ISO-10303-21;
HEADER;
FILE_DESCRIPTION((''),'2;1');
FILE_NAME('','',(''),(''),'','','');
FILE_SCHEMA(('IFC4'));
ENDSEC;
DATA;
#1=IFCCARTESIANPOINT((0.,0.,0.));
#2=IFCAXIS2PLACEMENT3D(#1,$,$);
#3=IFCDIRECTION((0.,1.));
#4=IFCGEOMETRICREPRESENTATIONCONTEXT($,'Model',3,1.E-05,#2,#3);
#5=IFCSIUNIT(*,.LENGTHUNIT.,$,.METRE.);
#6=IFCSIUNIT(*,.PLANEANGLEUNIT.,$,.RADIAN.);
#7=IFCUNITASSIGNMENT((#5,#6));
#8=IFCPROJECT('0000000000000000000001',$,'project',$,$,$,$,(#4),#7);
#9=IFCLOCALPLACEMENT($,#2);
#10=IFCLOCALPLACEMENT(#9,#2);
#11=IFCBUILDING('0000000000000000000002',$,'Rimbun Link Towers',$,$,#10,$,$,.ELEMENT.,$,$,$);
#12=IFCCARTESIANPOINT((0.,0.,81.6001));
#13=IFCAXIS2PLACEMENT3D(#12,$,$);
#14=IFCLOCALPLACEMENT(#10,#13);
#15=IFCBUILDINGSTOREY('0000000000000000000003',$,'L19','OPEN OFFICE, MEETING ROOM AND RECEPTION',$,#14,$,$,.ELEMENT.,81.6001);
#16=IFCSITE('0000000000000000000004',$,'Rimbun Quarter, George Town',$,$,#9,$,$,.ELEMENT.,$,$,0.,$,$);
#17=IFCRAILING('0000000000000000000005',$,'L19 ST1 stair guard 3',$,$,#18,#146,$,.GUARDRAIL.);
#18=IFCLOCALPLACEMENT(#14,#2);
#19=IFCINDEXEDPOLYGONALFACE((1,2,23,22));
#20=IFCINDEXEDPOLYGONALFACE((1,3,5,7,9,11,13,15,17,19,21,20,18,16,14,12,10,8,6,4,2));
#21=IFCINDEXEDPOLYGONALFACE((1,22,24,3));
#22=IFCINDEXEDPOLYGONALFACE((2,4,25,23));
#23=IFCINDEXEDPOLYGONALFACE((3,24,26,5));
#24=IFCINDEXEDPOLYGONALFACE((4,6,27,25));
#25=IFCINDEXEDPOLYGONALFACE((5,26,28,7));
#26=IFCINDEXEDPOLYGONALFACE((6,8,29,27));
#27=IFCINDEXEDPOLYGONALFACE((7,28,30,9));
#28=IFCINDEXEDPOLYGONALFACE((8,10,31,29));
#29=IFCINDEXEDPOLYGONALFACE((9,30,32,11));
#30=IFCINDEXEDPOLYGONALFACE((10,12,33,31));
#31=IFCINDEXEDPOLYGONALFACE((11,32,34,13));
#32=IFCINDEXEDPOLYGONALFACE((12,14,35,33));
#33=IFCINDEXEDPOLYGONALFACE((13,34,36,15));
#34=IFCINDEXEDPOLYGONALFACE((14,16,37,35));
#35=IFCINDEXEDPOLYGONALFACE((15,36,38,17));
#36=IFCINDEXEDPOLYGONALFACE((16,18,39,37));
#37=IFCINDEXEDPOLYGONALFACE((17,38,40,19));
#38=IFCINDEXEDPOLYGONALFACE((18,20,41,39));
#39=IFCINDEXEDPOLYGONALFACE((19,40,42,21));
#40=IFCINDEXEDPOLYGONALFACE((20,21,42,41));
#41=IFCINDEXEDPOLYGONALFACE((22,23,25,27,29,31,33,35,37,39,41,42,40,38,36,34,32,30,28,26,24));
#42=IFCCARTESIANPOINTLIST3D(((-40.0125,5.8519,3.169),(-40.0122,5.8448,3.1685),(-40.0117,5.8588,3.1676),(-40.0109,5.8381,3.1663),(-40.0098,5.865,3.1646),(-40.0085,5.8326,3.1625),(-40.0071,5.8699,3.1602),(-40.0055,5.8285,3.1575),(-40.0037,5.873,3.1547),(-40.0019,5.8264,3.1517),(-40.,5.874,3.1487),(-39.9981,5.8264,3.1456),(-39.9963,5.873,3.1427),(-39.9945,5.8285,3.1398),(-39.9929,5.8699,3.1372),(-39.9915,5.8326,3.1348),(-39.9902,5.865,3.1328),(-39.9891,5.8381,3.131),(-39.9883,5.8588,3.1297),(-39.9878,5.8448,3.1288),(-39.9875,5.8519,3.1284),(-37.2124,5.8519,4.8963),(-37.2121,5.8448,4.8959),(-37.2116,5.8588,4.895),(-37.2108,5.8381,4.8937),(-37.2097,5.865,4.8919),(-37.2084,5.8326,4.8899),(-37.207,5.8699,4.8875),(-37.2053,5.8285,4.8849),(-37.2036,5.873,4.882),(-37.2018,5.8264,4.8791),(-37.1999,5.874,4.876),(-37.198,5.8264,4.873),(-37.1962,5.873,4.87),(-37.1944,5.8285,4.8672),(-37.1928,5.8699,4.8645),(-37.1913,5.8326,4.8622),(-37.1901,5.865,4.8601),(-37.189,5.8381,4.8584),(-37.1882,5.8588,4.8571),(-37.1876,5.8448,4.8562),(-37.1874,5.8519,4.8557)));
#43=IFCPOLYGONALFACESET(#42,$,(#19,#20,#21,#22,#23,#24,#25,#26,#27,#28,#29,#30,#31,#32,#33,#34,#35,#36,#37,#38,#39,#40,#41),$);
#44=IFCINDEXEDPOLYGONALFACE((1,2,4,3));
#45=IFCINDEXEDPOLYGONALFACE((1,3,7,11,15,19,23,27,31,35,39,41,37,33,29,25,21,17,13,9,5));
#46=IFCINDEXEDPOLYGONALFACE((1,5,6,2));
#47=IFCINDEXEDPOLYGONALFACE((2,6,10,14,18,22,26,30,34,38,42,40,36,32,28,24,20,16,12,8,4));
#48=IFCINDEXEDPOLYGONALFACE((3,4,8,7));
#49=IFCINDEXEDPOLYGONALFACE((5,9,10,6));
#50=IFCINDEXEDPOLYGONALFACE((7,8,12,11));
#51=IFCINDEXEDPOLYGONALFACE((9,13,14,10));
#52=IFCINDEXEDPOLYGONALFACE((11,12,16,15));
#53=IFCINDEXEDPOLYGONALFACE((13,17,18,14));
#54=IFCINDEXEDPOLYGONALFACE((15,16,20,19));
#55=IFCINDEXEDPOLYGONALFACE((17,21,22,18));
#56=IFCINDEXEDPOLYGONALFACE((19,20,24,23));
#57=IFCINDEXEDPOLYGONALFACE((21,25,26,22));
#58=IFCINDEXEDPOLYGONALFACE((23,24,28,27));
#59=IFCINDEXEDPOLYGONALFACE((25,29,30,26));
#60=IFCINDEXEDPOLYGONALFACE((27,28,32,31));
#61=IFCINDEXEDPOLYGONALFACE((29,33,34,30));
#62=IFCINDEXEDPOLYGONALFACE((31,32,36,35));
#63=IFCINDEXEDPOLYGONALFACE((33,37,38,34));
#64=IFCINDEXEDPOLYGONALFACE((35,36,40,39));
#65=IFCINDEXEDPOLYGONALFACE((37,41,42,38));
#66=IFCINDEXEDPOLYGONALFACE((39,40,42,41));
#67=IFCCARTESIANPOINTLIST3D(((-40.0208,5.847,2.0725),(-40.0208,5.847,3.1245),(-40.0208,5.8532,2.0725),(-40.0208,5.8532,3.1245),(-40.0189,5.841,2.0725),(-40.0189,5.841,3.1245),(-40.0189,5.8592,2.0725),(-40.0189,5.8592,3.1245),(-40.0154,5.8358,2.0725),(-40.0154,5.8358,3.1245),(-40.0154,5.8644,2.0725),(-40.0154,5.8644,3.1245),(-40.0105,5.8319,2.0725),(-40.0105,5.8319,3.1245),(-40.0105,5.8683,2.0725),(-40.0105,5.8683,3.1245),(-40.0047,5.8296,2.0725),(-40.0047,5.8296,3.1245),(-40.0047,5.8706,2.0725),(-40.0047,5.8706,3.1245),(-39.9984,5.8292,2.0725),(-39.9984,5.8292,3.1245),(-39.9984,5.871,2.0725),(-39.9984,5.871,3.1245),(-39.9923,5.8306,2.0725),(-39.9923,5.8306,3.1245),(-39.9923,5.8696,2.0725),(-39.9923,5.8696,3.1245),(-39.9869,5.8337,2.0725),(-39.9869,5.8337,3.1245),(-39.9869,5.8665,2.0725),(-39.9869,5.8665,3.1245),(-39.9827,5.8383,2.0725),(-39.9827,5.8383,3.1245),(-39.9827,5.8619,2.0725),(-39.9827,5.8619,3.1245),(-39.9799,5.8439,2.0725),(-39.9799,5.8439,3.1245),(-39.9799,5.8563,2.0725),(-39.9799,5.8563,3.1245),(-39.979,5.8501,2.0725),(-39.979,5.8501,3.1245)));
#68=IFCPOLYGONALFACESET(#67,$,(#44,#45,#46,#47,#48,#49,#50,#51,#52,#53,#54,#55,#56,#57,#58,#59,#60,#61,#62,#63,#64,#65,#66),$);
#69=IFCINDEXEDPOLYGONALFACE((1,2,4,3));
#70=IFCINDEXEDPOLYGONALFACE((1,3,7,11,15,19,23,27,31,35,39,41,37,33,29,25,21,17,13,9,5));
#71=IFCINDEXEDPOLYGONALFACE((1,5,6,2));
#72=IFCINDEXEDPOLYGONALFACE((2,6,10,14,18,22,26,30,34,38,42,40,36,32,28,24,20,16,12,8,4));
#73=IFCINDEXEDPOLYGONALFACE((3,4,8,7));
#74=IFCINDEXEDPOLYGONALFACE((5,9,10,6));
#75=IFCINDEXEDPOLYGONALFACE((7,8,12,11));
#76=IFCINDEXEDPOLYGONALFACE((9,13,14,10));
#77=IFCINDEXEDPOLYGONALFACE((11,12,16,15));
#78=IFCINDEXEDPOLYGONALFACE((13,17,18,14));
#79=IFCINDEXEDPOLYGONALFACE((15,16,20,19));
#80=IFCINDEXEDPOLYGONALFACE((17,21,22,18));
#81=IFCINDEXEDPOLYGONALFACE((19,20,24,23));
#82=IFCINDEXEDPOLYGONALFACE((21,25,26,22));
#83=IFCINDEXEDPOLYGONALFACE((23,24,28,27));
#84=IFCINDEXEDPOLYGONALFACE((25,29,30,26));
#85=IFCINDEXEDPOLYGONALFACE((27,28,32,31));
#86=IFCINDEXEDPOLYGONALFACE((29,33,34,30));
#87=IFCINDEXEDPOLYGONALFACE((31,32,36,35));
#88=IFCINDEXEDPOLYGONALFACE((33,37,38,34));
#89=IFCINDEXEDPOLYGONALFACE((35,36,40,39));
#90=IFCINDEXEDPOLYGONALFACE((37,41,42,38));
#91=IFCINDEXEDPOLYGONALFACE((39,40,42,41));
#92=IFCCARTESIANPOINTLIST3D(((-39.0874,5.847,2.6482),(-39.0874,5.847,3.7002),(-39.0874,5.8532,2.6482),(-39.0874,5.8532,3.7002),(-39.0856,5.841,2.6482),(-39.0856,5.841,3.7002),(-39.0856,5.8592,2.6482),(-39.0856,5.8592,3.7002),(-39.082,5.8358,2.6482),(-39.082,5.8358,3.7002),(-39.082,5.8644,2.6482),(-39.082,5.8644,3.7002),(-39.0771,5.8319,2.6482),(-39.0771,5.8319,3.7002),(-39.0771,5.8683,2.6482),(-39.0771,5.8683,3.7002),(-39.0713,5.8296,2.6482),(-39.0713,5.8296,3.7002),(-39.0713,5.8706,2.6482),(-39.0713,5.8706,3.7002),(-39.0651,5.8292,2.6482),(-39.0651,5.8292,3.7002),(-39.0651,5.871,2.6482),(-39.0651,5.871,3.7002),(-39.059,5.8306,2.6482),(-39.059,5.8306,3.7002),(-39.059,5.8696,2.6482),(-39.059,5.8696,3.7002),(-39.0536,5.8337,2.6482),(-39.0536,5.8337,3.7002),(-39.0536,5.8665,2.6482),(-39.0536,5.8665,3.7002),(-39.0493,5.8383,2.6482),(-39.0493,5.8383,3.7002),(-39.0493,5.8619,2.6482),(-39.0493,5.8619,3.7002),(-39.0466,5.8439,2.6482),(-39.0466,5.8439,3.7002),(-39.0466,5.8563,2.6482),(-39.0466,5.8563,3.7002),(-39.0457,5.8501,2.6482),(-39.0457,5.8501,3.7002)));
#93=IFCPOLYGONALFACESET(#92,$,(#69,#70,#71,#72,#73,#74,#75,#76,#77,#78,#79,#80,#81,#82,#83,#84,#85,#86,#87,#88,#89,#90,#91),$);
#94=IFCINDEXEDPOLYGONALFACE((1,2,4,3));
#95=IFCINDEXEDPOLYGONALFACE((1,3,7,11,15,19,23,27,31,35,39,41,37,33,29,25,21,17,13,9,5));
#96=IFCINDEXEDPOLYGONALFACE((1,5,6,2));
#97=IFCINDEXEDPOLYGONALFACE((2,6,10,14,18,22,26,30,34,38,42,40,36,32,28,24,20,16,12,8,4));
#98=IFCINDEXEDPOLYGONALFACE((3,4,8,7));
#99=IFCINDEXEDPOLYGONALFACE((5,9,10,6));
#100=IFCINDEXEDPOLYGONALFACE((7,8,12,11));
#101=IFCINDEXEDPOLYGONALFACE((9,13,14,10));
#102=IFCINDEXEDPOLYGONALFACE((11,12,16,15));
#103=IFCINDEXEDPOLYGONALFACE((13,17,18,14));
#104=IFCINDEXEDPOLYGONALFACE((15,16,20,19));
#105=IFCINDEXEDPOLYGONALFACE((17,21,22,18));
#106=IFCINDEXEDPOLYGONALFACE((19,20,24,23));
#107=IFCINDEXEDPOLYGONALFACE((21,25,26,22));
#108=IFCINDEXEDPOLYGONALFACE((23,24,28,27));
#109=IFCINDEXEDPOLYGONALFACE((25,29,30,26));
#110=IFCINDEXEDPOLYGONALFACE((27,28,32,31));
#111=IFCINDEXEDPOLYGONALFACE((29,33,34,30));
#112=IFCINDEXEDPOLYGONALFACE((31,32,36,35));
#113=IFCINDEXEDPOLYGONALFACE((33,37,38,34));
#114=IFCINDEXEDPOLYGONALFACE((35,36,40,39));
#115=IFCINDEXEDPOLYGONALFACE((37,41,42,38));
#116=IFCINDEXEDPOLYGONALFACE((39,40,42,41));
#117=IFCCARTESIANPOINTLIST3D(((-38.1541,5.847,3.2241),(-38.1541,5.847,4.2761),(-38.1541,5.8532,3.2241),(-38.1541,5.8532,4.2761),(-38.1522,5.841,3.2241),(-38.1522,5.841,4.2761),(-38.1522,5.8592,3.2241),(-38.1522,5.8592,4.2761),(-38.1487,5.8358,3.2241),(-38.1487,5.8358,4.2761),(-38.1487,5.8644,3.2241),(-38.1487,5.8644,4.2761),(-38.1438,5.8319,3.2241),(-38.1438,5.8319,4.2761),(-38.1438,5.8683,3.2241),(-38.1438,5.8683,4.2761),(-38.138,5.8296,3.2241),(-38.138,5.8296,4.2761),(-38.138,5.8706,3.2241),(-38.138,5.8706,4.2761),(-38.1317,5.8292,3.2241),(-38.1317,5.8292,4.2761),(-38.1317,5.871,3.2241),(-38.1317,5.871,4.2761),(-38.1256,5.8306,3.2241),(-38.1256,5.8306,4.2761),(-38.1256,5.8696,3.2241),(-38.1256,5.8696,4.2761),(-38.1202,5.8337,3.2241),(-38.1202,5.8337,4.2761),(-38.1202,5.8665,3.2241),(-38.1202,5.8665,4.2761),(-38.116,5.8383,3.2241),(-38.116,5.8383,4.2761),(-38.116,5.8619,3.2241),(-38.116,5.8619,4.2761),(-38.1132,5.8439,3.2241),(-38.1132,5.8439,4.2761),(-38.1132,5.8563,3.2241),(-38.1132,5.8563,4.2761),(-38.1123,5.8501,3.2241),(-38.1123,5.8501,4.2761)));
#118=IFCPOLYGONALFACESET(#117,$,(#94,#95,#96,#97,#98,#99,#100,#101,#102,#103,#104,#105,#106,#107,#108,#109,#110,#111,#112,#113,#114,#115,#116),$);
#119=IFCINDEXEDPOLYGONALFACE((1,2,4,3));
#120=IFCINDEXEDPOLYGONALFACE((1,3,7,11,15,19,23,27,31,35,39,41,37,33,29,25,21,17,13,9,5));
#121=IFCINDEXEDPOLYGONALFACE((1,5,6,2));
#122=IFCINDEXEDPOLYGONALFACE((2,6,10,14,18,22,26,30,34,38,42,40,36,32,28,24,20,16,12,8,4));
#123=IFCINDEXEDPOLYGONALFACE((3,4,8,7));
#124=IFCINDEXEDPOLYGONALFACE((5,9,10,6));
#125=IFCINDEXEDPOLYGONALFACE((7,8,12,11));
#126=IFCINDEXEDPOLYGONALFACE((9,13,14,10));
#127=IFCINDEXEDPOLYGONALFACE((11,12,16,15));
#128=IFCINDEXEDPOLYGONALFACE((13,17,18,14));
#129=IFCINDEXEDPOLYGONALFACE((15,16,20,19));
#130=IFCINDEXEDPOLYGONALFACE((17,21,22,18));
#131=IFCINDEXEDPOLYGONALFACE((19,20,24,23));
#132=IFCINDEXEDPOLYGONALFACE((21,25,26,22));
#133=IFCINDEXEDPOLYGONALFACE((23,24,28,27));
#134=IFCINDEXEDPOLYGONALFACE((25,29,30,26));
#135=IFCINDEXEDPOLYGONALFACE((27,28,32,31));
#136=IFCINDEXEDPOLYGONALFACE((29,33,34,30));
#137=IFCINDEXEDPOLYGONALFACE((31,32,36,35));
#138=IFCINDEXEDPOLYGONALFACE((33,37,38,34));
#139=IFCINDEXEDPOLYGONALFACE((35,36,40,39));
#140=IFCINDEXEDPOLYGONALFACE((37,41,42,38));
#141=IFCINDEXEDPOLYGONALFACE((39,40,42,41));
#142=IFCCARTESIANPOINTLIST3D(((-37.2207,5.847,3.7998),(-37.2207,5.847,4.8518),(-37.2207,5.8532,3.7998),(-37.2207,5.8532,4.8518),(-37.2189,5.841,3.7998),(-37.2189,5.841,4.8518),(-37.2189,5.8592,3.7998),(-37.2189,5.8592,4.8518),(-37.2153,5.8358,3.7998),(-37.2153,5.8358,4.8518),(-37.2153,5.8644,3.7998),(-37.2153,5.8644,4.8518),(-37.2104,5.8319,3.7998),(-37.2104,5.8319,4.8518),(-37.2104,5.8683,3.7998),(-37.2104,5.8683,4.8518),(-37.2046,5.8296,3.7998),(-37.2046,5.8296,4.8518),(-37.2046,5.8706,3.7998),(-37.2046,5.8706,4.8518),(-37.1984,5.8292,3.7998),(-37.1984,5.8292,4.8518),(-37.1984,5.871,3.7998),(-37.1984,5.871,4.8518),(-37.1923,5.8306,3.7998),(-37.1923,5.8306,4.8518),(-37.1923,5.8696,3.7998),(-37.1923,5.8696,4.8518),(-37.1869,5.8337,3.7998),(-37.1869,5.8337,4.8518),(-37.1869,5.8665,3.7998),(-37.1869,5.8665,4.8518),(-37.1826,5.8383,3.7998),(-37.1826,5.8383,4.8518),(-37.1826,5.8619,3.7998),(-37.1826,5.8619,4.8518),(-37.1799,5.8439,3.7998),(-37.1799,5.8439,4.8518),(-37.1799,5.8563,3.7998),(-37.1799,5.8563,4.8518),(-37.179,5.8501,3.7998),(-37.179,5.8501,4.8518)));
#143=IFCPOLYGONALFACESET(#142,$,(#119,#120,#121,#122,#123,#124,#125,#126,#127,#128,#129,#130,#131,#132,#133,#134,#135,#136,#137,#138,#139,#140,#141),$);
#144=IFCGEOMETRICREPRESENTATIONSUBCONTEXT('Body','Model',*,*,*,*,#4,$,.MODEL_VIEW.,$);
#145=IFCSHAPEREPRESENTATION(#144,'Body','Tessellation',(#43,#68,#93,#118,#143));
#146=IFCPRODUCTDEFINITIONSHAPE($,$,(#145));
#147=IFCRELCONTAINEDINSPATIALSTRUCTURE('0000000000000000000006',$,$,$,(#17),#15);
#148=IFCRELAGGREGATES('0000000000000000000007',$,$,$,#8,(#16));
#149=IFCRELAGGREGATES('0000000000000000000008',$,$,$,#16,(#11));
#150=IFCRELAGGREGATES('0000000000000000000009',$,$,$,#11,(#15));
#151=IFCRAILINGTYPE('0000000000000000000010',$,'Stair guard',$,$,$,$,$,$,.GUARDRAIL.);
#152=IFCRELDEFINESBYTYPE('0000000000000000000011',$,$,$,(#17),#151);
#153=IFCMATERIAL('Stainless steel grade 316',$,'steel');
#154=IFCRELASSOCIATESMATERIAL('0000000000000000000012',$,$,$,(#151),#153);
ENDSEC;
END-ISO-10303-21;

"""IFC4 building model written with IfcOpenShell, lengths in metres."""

from ifc_helpers import new_model, si_unit, direction, frame, origin, origin_2d, place, context, subcontext, project, spatial, circle, extrude, material, type_object, element, save


model = new_model("IFC4")

# Units and contexts
model_context = context("Model", 3, precision=1e-05, world=origin(), true_north=direction((0.0, 1.0)))
body_context = subcontext(model_context, "Body", "Model", "MODEL_VIEW")
ifc_project = project(units=[si_unit("LENGTHUNIT", "METRE"), si_unit("PLANEANGLEUNIT", "RADIAN")], contexts=[model_context])

# Site, building, storey
site_placement = place(None, origin())
site = spatial("IfcSite", under=ifc_project, at=site_placement, Name="Rimbun Quarter, George Town", CompositionType="ELEMENT", RefElevation=0.0)
building_placement = place(site_placement, origin())
building = spatial("IfcBuilding", under=site, at=building_placement, Name="Rimbun Link Towers", CompositionType="ELEMENT")
storey_placement = place(building_placement, frame((0.0, 0.0, 81.6001)))
storey = spatial("IfcBuildingStorey", under=building, at=storey_placement, Name="L19", Description="OPEN OFFICE, MEETING ROOM AND RECEPTION", CompositionType="ELEMENT", Elevation=81.6001)

# Railing
ifc_material_1 = material(Name="Stainless steel grade 316", Category="steel")
railing_type_1 = type_object("IfcRailingType", Name="Stair guard", PredefinedType="GUARDRAIL", material=ifc_material_1)
railing_1_placement = place(storey_placement, frame((-40.0, 5.8501, 2.0725)))
element("IfcRailing", 1, at=railing_1_placement, inside=storey, type_object=railing_type_1, Name="L19 ST1 stair guard 3", PredefinedType="GUARDRAIL", context=body_context, shape_type="SweptSolid", body=[
    extrude(circle(Radius=0.0239, at=origin_2d()), frame((0.0, 0.0, 1.0762), z_axis=(0.85109, 0.0, 0.52502), x_axis=(0.0, 1.0, 0.0)), (0.0, 0.0, 1.0), 3.29),
    extrude(circle(Radius=0.021, at=origin_2d()), origin(), (0.0, 0.0, 1.0), 1.052),
    extrude(circle(Radius=0.021, at=origin_2d()), frame((0.9333, 0.0, 0.5757)), (0.0, 0.0, 1.0), 1.052),
    extrude(circle(Radius=0.021, at=origin_2d()), frame((1.8667, 0.0, 1.1516)), (0.0, 0.0, 1.0), 1.052),
    extrude(circle(Radius=0.021, at=origin_2d()), frame((2.8, 0.0, 1.7273)), (0.0, 0.0, 1.0), 1.052),
])

save(model, "model.ifc")
